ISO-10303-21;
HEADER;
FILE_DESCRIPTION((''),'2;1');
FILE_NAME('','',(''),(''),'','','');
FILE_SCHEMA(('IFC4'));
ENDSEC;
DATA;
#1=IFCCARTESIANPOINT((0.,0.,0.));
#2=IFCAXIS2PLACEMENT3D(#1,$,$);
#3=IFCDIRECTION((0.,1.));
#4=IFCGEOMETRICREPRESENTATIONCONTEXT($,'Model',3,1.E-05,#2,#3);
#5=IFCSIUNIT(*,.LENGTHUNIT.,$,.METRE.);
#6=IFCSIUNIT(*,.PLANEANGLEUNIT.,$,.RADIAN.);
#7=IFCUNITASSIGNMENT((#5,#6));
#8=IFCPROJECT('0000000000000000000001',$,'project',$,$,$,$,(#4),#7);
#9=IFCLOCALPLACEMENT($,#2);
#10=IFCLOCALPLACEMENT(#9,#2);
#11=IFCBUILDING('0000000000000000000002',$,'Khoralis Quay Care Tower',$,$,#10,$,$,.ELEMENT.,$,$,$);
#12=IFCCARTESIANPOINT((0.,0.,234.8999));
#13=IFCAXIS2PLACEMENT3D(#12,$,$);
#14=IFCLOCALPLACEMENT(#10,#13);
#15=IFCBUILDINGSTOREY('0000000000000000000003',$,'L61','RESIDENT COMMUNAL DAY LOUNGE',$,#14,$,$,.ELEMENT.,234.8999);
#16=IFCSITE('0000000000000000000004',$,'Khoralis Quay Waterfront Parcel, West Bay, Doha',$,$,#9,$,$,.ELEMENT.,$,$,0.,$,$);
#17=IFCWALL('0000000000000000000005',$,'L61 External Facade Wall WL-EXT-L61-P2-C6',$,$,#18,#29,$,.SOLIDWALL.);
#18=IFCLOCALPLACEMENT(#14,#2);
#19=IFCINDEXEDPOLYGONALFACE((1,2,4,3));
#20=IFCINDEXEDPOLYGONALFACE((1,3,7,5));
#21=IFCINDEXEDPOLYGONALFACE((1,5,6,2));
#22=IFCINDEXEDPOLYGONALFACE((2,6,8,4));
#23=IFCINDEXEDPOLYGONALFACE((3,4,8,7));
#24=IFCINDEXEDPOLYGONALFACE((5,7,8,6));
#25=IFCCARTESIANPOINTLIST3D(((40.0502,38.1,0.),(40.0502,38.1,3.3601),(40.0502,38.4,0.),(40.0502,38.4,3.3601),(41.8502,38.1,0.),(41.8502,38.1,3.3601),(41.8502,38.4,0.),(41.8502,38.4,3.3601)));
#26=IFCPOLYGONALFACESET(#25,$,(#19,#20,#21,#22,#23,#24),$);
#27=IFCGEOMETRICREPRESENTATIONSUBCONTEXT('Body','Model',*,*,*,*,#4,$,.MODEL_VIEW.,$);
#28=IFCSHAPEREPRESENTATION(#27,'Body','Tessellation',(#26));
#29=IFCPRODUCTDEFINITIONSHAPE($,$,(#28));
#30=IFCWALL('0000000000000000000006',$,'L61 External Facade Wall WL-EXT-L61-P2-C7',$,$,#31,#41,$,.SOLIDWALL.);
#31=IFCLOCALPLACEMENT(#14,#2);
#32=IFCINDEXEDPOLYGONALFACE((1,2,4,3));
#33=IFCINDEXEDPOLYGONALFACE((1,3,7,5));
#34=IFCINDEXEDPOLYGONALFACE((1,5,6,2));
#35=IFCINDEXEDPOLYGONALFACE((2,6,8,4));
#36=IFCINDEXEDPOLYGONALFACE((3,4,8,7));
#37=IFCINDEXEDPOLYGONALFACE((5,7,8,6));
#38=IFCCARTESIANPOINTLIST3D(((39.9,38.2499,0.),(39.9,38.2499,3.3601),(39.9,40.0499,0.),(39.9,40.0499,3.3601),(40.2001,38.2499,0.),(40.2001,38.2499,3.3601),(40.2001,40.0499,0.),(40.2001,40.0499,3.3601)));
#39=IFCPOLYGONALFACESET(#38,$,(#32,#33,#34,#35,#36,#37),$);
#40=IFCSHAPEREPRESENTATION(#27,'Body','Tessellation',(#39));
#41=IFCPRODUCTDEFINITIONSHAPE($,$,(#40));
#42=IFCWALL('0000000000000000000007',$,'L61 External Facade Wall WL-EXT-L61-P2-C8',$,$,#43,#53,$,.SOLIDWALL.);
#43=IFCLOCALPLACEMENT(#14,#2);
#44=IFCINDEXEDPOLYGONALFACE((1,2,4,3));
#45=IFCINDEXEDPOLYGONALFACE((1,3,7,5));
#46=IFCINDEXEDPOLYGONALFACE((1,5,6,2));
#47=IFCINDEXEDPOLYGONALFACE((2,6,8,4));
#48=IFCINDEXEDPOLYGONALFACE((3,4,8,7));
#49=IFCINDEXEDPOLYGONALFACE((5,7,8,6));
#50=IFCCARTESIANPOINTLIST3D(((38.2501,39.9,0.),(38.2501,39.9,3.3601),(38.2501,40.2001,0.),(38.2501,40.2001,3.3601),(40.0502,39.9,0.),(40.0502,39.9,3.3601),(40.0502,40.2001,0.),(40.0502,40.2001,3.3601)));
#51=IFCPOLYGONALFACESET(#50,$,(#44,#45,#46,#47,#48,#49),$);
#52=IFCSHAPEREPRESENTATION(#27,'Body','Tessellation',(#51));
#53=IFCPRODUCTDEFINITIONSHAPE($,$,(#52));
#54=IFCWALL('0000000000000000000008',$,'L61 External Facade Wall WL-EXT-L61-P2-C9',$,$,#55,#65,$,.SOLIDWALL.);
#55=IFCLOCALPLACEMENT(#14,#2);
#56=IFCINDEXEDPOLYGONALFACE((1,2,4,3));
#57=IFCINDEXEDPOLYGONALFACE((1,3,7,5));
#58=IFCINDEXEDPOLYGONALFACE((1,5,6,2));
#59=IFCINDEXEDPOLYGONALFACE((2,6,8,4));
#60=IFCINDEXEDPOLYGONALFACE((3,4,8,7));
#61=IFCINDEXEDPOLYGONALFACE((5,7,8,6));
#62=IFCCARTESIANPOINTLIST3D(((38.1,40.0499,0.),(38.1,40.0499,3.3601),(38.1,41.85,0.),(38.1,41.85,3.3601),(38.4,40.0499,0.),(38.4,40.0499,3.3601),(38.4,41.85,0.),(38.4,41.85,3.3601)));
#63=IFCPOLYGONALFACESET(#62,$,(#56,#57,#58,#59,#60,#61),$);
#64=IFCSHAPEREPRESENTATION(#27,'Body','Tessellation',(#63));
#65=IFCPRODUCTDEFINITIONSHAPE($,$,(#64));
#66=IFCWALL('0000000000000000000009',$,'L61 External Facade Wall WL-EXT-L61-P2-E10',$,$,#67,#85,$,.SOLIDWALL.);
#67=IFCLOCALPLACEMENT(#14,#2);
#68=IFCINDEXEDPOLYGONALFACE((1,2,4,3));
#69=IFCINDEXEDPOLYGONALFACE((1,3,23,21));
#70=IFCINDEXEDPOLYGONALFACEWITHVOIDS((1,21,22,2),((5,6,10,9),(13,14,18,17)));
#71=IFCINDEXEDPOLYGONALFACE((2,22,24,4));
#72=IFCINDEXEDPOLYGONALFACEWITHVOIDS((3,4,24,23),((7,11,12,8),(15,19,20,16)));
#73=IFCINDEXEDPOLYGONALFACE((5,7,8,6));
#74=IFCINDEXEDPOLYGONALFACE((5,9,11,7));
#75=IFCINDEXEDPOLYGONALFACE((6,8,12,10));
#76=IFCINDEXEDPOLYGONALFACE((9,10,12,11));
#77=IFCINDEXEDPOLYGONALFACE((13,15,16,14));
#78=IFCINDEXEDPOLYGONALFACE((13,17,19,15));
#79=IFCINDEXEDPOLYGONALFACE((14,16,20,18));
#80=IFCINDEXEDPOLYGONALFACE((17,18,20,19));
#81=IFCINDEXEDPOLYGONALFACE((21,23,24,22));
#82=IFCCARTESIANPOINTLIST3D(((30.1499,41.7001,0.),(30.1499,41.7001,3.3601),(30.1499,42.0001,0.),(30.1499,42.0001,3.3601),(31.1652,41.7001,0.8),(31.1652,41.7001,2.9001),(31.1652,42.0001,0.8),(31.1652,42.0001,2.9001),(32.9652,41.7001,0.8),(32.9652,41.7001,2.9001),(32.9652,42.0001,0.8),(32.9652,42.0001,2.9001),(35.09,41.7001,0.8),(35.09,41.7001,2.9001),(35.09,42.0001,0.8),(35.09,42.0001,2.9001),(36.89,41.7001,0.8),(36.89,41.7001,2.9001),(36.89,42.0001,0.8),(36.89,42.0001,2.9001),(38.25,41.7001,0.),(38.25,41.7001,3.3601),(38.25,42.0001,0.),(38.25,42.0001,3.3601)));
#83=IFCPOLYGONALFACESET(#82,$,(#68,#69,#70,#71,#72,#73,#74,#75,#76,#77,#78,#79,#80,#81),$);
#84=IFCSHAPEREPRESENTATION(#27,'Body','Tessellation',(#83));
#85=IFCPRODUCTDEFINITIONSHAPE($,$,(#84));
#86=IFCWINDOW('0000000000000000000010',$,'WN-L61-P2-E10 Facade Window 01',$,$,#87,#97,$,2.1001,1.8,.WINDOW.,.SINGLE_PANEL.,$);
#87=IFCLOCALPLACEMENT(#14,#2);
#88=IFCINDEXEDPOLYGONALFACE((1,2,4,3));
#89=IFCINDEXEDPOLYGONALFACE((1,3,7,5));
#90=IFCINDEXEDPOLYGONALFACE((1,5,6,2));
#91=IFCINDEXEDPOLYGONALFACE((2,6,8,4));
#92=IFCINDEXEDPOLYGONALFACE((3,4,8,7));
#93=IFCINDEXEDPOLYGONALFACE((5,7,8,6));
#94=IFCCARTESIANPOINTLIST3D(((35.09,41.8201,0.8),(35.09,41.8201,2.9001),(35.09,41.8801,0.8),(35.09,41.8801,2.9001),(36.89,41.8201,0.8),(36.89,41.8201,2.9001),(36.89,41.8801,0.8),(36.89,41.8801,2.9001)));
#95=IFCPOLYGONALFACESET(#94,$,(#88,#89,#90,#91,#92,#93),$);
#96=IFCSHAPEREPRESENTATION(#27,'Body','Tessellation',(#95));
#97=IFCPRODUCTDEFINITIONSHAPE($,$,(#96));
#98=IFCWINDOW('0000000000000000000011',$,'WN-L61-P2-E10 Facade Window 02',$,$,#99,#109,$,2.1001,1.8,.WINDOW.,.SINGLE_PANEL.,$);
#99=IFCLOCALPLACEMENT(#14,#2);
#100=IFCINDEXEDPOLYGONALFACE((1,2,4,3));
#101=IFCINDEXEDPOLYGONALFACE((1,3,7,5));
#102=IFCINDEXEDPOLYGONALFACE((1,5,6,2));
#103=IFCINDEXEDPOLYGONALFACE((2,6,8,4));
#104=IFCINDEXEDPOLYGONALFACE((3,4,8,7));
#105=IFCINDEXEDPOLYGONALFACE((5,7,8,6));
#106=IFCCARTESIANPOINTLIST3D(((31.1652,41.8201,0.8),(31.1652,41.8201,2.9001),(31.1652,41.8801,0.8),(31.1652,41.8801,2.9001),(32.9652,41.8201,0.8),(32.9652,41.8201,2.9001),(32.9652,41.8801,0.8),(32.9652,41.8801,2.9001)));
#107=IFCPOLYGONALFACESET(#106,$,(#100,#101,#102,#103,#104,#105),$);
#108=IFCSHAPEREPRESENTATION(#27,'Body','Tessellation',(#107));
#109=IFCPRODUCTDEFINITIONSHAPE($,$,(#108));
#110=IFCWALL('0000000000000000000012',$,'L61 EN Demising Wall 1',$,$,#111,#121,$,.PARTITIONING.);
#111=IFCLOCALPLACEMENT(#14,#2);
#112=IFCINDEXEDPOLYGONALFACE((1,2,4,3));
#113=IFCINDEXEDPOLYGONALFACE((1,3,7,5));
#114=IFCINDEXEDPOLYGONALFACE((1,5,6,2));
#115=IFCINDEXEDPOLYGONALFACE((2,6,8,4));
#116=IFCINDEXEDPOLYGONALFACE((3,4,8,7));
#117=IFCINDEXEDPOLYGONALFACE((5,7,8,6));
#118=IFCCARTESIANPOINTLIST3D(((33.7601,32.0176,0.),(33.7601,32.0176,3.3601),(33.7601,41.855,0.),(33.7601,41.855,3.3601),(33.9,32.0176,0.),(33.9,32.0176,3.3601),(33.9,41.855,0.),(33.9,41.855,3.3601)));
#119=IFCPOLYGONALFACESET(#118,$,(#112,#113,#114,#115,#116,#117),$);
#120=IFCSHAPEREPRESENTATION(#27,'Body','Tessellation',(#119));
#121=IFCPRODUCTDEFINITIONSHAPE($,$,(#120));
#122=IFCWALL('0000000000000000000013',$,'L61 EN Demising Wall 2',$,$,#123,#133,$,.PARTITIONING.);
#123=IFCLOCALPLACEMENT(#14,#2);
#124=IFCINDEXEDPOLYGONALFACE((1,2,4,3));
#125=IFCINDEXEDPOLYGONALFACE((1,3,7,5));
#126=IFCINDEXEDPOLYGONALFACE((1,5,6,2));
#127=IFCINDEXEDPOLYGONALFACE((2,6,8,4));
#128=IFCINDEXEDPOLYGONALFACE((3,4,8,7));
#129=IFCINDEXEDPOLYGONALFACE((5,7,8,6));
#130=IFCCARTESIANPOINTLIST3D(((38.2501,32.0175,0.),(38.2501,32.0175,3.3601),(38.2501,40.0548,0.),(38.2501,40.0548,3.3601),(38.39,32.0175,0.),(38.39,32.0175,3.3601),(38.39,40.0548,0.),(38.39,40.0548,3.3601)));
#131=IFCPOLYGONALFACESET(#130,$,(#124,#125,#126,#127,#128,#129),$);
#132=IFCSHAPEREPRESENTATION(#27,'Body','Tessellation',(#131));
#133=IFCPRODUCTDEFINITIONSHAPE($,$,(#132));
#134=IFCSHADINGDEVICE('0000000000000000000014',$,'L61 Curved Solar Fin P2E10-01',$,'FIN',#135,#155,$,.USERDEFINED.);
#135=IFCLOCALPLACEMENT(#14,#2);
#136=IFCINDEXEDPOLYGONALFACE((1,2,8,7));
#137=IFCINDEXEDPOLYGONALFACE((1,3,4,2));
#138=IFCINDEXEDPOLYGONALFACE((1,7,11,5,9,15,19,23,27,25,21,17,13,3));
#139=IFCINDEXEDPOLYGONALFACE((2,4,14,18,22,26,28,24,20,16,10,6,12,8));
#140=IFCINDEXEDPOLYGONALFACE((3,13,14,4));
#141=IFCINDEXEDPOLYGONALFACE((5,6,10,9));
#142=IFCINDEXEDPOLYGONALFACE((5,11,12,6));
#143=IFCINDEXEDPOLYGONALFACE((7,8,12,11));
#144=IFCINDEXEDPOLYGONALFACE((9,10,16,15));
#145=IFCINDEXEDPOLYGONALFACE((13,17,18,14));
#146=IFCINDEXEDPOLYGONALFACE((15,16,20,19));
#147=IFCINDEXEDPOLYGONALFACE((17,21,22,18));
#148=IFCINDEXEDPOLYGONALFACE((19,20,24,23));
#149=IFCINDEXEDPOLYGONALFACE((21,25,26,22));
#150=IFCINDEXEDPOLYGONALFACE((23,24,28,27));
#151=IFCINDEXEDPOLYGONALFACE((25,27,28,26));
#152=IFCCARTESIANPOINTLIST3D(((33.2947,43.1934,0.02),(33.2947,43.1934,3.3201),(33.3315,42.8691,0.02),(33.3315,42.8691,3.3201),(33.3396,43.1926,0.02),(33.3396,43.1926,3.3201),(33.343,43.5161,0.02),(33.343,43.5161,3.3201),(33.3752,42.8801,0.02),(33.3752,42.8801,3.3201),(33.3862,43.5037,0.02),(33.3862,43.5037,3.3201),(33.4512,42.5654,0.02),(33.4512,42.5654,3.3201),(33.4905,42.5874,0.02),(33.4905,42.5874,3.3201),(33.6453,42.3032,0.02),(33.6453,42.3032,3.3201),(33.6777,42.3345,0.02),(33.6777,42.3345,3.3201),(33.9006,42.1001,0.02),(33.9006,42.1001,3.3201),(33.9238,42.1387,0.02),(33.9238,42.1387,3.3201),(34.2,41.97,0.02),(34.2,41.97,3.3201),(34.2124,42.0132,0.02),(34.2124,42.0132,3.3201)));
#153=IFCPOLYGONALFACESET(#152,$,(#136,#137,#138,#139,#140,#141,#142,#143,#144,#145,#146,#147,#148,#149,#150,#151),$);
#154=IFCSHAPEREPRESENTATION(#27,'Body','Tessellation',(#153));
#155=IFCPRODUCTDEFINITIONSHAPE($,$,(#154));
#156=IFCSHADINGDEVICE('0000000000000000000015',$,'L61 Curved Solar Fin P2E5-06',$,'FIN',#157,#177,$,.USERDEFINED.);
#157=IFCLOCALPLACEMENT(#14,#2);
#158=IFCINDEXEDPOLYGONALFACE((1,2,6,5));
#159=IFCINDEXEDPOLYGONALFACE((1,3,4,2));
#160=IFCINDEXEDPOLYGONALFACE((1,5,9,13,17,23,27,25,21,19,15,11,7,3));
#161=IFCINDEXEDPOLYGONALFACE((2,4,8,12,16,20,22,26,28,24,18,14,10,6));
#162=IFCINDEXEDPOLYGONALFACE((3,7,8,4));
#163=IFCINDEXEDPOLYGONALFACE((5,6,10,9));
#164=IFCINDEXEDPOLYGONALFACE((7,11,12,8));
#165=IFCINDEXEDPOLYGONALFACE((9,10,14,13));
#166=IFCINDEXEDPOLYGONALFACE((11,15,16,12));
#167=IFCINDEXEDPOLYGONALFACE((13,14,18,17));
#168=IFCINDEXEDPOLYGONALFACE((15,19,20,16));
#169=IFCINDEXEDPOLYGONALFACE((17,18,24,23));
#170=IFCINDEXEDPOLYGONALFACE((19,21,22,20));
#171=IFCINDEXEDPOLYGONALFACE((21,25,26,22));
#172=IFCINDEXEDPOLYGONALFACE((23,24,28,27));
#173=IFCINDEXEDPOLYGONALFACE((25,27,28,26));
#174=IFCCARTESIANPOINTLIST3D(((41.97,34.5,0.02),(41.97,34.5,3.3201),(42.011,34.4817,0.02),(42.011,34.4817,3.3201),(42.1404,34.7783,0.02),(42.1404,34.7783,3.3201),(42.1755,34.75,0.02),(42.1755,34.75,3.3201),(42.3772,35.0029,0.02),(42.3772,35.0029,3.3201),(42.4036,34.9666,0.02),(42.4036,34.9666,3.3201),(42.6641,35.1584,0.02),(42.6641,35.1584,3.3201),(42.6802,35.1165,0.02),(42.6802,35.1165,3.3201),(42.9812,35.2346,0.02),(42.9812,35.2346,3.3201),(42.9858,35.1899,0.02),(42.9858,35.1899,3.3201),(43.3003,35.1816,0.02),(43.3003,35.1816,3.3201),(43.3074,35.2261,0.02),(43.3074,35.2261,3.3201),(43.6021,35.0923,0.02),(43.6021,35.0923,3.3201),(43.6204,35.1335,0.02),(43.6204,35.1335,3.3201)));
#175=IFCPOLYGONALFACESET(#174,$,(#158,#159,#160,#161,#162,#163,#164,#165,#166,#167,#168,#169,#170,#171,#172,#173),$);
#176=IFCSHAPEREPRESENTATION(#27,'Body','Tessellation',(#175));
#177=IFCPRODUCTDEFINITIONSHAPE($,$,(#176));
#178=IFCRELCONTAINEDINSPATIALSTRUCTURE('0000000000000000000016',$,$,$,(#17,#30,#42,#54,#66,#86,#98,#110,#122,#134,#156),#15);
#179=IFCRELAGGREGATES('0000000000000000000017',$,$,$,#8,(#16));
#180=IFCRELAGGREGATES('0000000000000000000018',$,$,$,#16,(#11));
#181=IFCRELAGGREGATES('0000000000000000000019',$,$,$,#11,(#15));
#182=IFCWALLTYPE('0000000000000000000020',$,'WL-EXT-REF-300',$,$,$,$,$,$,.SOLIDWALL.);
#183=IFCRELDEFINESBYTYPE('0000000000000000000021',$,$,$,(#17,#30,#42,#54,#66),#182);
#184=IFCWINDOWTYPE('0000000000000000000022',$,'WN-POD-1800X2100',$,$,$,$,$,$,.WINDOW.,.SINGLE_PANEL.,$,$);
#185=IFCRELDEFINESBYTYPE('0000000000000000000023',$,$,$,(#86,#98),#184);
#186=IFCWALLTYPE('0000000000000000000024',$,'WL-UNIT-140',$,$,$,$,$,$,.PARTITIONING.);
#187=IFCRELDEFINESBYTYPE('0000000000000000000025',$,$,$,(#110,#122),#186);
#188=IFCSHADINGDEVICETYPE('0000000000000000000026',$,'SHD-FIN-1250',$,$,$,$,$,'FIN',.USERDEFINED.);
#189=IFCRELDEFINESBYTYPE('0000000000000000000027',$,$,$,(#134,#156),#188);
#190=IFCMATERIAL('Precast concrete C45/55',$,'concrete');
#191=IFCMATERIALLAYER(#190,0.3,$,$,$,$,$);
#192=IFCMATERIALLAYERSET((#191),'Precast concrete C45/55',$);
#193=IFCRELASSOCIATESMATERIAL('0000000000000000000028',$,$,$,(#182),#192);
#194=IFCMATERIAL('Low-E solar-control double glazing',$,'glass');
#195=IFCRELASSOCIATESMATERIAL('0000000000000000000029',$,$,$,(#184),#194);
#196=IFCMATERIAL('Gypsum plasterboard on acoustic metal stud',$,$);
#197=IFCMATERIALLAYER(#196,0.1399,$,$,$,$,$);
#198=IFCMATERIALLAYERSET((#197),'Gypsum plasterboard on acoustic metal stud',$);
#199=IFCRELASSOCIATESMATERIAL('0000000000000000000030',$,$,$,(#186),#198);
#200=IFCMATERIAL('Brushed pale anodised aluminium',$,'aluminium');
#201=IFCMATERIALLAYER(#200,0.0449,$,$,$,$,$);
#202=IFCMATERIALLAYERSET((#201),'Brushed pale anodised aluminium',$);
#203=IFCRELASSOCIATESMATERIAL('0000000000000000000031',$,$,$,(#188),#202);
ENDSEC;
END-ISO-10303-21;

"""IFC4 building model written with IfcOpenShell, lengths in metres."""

from ifc_helpers import new_model, si_unit, direction, frame, frame_2d, origin, place, context, subcontext, project, spatial, polyline, rectangle, outline, extrude, source, transform, mapped, material, layer, layer_set, type_object, element, fill, save


model = new_model("IFC4")

# Units and contexts
model_context = context("Model", 3, precision=1e-05, world=origin(), true_north=direction((0.0, 1.0)))
body_context = subcontext(model_context, "Body", "Model", "MODEL_VIEW")
ifc_project = project(units=[si_unit("LENGTHUNIT", "METRE"), si_unit("PLANEANGLEUNIT", "RADIAN")], contexts=[model_context])

# Site, building, storey
site_placement = place(None, origin())
site = spatial("IfcSite", under=ifc_project, at=site_placement, Name="Khoralis Quay Waterfront Parcel, West Bay, Doha", CompositionType="ELEMENT", RefElevation=0.0)
building_placement = place(site_placement, origin())
building = spatial("IfcBuilding", under=site, at=building_placement, Name="Khoralis Quay Care Tower", CompositionType="ELEMENT")
storey_placement = place(building_placement, frame((0.0, 0.0, 234.8999)))
storey = spatial("IfcBuildingStorey", under=building, at=storey_placement, Name="L61", Description="RESIDENT COMMUNAL DAY LOUNGE", CompositionType="ELEMENT", Elevation=234.8999)

# Shared definitions
ifc_material_1 = material(Name="Gypsum plasterboard on acoustic metal stud")

# Walls
ifc_material_2 = material(Name="Precast concrete C45/55", Category="concrete")
ifc_layer_1 = layer(ifc_material_2, 0.3)
ifc_layer_set_1 = layer_set([ifc_layer_1], Name="Precast concrete C45/55")
wall_type_1 = type_object("IfcWallType", Name="WL-EXT-REF-300", PredefinedType="SOLIDWALL", material=ifc_layer_set_1)
for number, where, z_axis, x_axis, name in (
    (1, (41.8501, 38.25, 0.0), (0.0, 0.0, 1.0), (-1.0, 0.0, 0.0), "L61 External Facade Wall WL-EXT-L61-P2-C6"),
    (2, (40.05, 38.25, 0.0), (0.0, 0.0, 1.0), (0.0, 1.0, 0.0), "L61 External Facade Wall WL-EXT-L61-P2-C7"),
    (3, (40.05, 40.05, 0.0), (0.0, 0.0, 1.0), (-1.0, 0.0, 0.0), "L61 External Facade Wall WL-EXT-L61-P2-C8"),
    (4, (38.25, 40.05, 0.0), (0.0, 0.0, 1.0), (0.0, 1.0, 0.0), "L61 External Facade Wall WL-EXT-L61-P2-C9"),
):
    element("IfcWall", number, at=place(storey_placement, frame(where, z_axis=z_axis, x_axis=x_axis)), inside=storey, type_object=wall_type_1, Name=name, PredefinedType="SOLIDWALL", context=body_context, shape_type="SweptSolid", body=[
        extrude(rectangle(XDim=1.8, YDim=0.3, at=frame_2d((0.8999, 0.0))), origin(), (0.0, 0.0, 1.0), 3.3601),
    ])

# Wall, openings, windows
wall_1_placement = place(storey_placement, frame((38.25, 41.8501, 0.0), z_axis=(0.0, 0.0, 1.0), x_axis=(-1.0, 0.0, 0.0)))
wall_1 = element("IfcWall", 5, at=wall_1_placement, inside=storey, type_object=wall_type_1, Name="L61 External Facade Wall WL-EXT-L61-P2-E10", PredefinedType="SOLIDWALL", context=body_context, shape_type="SweptSolid", body=[
    extrude(rectangle(XDim=8.1001, YDim=0.3, at=frame_2d((4.05, 0.0))), origin(), (0.0, 0.0, 1.0), 3.3601),
])
opening_1_placement = place(wall_1_placement, frame((1.3601, 0.0, 0.8)))
opening_1 = element("IfcOpeningElement", 6, at=opening_1_placement, cuts=wall_1, PredefinedType="OPENING", context=body_context, shape_type="SweptSolid", body=[
    extrude(rectangle(XDim=1.8, YDim=2.1001, at=frame_2d((0.8999, 1.05))), frame((0.0, 0.1602, 0.0), z_axis=(0.0, -1.0, 0.0), x_axis=(1.0, 0.0, 0.0)), (0.0, 0.0, 1.0), 0.3201),
])
opening_2_placement = place(wall_1_placement, frame((5.2849, 0.0, 0.8)))
opening_2 = element("IfcOpeningElement", 7, at=opening_2_placement, cuts=wall_1, PredefinedType="OPENING", context=body_context, shape_type="SweptSolid", body=[
    extrude(rectangle(XDim=1.8, YDim=2.1001, at=frame_2d((0.8999, 1.05))), frame((0.0, 0.1602, 0.0), z_axis=(0.0, -1.0, 0.0), x_axis=(1.0, 0.0, 0.0)), (0.0, 0.0, 1.0), 0.3201),
])
ifc_material_3 = material(Name="Low-E solar-control double glazing", Category="glass")
window_type = type_object("IfcWindowType", Name="WN-POD-1800X2100", PartitioningType="SINGLE_PANEL", PredefinedType="WINDOW", material=ifc_material_3)
shared_shape_1 = source(origin(), body_context, "Body", "SweptSolid", [
    extrude(rectangle(XDim=1.8, YDim=2.1001, at=frame_2d((0.8999, 1.05))), frame((0.0, 0.03, 0.0), z_axis=(0.0, -1.0, 0.0), x_axis=(1.0, 0.0, 0.0)), (0.0, 0.0, 1.0), 0.0601),
])
window_1_placement = place(opening_1_placement, origin())
window_1 = element("IfcWindow", 8, at=window_1_placement, inside=storey, type_object=window_type, Name="WN-L61-P2-E10 Facade Window 01", OverallHeight=2.1001, OverallWidth=1.8, PartitioningType="SINGLE_PANEL", PredefinedType="WINDOW", context=body_context, shape_type="MappedRepresentation", body=[
    mapped(shared_shape_1, transform((0.0, 0.0, 0.0), scale=1.0)),
])
fill(opening_1, window_1)
window_2_placement = place(opening_2_placement, origin())
window_2 = element("IfcWindow", 9, at=window_2_placement, inside=storey, type_object=window_type, Name="WN-L61-P2-E10 Facade Window 02", OverallHeight=2.1001, OverallWidth=1.8, PartitioningType="SINGLE_PANEL", PredefinedType="WINDOW", context=body_context, shape_type="MappedRepresentation", body=[
    mapped(shared_shape_1, transform((0.0, 0.0, 0.0), scale=1.0)),
])
fill(opening_2, window_2)

# Walls
ifc_layer_2 = layer(ifc_material_1, 0.1399)
ifc_layer_set_2 = layer_set([ifc_layer_2], Name="Gypsum plasterboard on acoustic metal stud")
wall_type_2 = type_object("IfcWallType", Name="WL-UNIT-140", PredefinedType="PARTITIONING", material=ifc_layer_set_2)
wall_2_placement = place(storey_placement, frame((33.8301, 32.0176, 0.0), z_axis=(0.0, 0.0, 1.0), x_axis=(0.0, 1.0, 0.0)))
element("IfcWall", 10, at=wall_2_placement, inside=storey, type_object=wall_type_2, Name="L61 EN Demising Wall 1", PredefinedType="PARTITIONING", context=body_context, shape_type="SweptSolid", body=[
    extrude(rectangle(XDim=9.8374, YDim=0.1399, at=frame_2d((4.9187, 0.0))), origin(), (0.0, 0.0, 1.0), 3.3601),
])
wall_3_placement = place(storey_placement, frame((38.3201, 32.0176, 0.0), z_axis=(0.0, 0.0, 1.0), x_axis=(0.0, 1.0, 0.0)))
element("IfcWall", 11, at=wall_3_placement, inside=storey, type_object=wall_type_2, Name="L61 EN Demising Wall 2", PredefinedType="PARTITIONING", context=body_context, shape_type="SweptSolid", body=[
    extrude(rectangle(XDim=8.0374, YDim=0.1399, at=frame_2d((4.0186, 0.0))), origin(), (0.0, 0.0, 1.0), 3.3601),
])

# Shading devices
ifc_material_4 = material(Name="Brushed pale anodised aluminium", Category="aluminium")
ifc_layer_3 = layer(ifc_material_4, 0.0449)
ifc_layer_set_3 = layer_set([ifc_layer_3], Name="Brushed pale anodised aluminium")
shading_device_type = type_object("IfcShadingDeviceType", Name="SHD-FIN-1250", ElementType="FIN", PredefinedType="USERDEFINED", material=ifc_layer_set_3)
shared_shape_2 = source(origin(), body_context, "Body", "SweptSolid", [
    extrude(outline(polyline([(0.0, 0.0), (0.1301, 0.2993), (0.3333, 0.5547), (0.5955, 0.7488), (0.8992, 0.8684), (1.2234, 0.9053), (1.5461, 0.8569), (1.5337, 0.8137), (1.2227, 0.8604), (0.9102, 0.8247), (0.6174, 0.7095), (0.3645, 0.5222), (0.1687, 0.2761), (0.0432, -0.0125), (0.0, 0.0)])), origin(), (0.0, 0.0, 1.0), 3.3),
])
shading_device_1_placement = place(storey_placement, frame((34.2, 41.97, 0.02), z_axis=(0.0, 0.0, 1.0), x_axis=(0.0, 1.0, 0.0)))
element("IfcShadingDevice", 12, at=shading_device_1_placement, inside=storey, type_object=shading_device_type, Name="L61 Curved Solar Fin P2E10-01", ObjectType="FIN", PredefinedType="USERDEFINED", context=body_context, shape_type="MappedRepresentation", body=[
    mapped(shared_shape_2, transform((0.0, 0.0, 0.0), scale=1.0)),
])
shared_shape_3 = source(origin(), body_context, "Body", "SweptSolid", [
    extrude(outline(polyline([(0.0, 0.0), (0.1704, 0.2783), (0.4072, 0.5029), (0.6941, 0.6584), (1.0112, 0.7346), (1.3374, 0.7261), (1.6504, 0.6335), (1.6321, 0.5923), (1.3303, 0.6816), (1.0159, 0.6899), (0.7102, 0.6165), (0.4336, 0.4666), (0.2056, 0.25), (0.041, -0.0183), (0.0, 0.0)])), origin(), (0.0, 0.0, 1.0), 3.3),
])
shading_device_2_placement = place(storey_placement, frame((41.97, 34.5, 0.02), z_axis=(0.0, 0.0, 1.0), x_axis=(1.0, 0.0, 0.0)))
element("IfcShadingDevice", 13, at=shading_device_2_placement, inside=storey, type_object=shading_device_type, Name="L61 Curved Solar Fin P2E5-06", ObjectType="FIN", PredefinedType="USERDEFINED", context=body_context, shape_type="MappedRepresentation", body=[
    mapped(shared_shape_3, transform((0.0, 0.0, 0.0), scale=1.0)),
])

save(model, "model.ifc")
